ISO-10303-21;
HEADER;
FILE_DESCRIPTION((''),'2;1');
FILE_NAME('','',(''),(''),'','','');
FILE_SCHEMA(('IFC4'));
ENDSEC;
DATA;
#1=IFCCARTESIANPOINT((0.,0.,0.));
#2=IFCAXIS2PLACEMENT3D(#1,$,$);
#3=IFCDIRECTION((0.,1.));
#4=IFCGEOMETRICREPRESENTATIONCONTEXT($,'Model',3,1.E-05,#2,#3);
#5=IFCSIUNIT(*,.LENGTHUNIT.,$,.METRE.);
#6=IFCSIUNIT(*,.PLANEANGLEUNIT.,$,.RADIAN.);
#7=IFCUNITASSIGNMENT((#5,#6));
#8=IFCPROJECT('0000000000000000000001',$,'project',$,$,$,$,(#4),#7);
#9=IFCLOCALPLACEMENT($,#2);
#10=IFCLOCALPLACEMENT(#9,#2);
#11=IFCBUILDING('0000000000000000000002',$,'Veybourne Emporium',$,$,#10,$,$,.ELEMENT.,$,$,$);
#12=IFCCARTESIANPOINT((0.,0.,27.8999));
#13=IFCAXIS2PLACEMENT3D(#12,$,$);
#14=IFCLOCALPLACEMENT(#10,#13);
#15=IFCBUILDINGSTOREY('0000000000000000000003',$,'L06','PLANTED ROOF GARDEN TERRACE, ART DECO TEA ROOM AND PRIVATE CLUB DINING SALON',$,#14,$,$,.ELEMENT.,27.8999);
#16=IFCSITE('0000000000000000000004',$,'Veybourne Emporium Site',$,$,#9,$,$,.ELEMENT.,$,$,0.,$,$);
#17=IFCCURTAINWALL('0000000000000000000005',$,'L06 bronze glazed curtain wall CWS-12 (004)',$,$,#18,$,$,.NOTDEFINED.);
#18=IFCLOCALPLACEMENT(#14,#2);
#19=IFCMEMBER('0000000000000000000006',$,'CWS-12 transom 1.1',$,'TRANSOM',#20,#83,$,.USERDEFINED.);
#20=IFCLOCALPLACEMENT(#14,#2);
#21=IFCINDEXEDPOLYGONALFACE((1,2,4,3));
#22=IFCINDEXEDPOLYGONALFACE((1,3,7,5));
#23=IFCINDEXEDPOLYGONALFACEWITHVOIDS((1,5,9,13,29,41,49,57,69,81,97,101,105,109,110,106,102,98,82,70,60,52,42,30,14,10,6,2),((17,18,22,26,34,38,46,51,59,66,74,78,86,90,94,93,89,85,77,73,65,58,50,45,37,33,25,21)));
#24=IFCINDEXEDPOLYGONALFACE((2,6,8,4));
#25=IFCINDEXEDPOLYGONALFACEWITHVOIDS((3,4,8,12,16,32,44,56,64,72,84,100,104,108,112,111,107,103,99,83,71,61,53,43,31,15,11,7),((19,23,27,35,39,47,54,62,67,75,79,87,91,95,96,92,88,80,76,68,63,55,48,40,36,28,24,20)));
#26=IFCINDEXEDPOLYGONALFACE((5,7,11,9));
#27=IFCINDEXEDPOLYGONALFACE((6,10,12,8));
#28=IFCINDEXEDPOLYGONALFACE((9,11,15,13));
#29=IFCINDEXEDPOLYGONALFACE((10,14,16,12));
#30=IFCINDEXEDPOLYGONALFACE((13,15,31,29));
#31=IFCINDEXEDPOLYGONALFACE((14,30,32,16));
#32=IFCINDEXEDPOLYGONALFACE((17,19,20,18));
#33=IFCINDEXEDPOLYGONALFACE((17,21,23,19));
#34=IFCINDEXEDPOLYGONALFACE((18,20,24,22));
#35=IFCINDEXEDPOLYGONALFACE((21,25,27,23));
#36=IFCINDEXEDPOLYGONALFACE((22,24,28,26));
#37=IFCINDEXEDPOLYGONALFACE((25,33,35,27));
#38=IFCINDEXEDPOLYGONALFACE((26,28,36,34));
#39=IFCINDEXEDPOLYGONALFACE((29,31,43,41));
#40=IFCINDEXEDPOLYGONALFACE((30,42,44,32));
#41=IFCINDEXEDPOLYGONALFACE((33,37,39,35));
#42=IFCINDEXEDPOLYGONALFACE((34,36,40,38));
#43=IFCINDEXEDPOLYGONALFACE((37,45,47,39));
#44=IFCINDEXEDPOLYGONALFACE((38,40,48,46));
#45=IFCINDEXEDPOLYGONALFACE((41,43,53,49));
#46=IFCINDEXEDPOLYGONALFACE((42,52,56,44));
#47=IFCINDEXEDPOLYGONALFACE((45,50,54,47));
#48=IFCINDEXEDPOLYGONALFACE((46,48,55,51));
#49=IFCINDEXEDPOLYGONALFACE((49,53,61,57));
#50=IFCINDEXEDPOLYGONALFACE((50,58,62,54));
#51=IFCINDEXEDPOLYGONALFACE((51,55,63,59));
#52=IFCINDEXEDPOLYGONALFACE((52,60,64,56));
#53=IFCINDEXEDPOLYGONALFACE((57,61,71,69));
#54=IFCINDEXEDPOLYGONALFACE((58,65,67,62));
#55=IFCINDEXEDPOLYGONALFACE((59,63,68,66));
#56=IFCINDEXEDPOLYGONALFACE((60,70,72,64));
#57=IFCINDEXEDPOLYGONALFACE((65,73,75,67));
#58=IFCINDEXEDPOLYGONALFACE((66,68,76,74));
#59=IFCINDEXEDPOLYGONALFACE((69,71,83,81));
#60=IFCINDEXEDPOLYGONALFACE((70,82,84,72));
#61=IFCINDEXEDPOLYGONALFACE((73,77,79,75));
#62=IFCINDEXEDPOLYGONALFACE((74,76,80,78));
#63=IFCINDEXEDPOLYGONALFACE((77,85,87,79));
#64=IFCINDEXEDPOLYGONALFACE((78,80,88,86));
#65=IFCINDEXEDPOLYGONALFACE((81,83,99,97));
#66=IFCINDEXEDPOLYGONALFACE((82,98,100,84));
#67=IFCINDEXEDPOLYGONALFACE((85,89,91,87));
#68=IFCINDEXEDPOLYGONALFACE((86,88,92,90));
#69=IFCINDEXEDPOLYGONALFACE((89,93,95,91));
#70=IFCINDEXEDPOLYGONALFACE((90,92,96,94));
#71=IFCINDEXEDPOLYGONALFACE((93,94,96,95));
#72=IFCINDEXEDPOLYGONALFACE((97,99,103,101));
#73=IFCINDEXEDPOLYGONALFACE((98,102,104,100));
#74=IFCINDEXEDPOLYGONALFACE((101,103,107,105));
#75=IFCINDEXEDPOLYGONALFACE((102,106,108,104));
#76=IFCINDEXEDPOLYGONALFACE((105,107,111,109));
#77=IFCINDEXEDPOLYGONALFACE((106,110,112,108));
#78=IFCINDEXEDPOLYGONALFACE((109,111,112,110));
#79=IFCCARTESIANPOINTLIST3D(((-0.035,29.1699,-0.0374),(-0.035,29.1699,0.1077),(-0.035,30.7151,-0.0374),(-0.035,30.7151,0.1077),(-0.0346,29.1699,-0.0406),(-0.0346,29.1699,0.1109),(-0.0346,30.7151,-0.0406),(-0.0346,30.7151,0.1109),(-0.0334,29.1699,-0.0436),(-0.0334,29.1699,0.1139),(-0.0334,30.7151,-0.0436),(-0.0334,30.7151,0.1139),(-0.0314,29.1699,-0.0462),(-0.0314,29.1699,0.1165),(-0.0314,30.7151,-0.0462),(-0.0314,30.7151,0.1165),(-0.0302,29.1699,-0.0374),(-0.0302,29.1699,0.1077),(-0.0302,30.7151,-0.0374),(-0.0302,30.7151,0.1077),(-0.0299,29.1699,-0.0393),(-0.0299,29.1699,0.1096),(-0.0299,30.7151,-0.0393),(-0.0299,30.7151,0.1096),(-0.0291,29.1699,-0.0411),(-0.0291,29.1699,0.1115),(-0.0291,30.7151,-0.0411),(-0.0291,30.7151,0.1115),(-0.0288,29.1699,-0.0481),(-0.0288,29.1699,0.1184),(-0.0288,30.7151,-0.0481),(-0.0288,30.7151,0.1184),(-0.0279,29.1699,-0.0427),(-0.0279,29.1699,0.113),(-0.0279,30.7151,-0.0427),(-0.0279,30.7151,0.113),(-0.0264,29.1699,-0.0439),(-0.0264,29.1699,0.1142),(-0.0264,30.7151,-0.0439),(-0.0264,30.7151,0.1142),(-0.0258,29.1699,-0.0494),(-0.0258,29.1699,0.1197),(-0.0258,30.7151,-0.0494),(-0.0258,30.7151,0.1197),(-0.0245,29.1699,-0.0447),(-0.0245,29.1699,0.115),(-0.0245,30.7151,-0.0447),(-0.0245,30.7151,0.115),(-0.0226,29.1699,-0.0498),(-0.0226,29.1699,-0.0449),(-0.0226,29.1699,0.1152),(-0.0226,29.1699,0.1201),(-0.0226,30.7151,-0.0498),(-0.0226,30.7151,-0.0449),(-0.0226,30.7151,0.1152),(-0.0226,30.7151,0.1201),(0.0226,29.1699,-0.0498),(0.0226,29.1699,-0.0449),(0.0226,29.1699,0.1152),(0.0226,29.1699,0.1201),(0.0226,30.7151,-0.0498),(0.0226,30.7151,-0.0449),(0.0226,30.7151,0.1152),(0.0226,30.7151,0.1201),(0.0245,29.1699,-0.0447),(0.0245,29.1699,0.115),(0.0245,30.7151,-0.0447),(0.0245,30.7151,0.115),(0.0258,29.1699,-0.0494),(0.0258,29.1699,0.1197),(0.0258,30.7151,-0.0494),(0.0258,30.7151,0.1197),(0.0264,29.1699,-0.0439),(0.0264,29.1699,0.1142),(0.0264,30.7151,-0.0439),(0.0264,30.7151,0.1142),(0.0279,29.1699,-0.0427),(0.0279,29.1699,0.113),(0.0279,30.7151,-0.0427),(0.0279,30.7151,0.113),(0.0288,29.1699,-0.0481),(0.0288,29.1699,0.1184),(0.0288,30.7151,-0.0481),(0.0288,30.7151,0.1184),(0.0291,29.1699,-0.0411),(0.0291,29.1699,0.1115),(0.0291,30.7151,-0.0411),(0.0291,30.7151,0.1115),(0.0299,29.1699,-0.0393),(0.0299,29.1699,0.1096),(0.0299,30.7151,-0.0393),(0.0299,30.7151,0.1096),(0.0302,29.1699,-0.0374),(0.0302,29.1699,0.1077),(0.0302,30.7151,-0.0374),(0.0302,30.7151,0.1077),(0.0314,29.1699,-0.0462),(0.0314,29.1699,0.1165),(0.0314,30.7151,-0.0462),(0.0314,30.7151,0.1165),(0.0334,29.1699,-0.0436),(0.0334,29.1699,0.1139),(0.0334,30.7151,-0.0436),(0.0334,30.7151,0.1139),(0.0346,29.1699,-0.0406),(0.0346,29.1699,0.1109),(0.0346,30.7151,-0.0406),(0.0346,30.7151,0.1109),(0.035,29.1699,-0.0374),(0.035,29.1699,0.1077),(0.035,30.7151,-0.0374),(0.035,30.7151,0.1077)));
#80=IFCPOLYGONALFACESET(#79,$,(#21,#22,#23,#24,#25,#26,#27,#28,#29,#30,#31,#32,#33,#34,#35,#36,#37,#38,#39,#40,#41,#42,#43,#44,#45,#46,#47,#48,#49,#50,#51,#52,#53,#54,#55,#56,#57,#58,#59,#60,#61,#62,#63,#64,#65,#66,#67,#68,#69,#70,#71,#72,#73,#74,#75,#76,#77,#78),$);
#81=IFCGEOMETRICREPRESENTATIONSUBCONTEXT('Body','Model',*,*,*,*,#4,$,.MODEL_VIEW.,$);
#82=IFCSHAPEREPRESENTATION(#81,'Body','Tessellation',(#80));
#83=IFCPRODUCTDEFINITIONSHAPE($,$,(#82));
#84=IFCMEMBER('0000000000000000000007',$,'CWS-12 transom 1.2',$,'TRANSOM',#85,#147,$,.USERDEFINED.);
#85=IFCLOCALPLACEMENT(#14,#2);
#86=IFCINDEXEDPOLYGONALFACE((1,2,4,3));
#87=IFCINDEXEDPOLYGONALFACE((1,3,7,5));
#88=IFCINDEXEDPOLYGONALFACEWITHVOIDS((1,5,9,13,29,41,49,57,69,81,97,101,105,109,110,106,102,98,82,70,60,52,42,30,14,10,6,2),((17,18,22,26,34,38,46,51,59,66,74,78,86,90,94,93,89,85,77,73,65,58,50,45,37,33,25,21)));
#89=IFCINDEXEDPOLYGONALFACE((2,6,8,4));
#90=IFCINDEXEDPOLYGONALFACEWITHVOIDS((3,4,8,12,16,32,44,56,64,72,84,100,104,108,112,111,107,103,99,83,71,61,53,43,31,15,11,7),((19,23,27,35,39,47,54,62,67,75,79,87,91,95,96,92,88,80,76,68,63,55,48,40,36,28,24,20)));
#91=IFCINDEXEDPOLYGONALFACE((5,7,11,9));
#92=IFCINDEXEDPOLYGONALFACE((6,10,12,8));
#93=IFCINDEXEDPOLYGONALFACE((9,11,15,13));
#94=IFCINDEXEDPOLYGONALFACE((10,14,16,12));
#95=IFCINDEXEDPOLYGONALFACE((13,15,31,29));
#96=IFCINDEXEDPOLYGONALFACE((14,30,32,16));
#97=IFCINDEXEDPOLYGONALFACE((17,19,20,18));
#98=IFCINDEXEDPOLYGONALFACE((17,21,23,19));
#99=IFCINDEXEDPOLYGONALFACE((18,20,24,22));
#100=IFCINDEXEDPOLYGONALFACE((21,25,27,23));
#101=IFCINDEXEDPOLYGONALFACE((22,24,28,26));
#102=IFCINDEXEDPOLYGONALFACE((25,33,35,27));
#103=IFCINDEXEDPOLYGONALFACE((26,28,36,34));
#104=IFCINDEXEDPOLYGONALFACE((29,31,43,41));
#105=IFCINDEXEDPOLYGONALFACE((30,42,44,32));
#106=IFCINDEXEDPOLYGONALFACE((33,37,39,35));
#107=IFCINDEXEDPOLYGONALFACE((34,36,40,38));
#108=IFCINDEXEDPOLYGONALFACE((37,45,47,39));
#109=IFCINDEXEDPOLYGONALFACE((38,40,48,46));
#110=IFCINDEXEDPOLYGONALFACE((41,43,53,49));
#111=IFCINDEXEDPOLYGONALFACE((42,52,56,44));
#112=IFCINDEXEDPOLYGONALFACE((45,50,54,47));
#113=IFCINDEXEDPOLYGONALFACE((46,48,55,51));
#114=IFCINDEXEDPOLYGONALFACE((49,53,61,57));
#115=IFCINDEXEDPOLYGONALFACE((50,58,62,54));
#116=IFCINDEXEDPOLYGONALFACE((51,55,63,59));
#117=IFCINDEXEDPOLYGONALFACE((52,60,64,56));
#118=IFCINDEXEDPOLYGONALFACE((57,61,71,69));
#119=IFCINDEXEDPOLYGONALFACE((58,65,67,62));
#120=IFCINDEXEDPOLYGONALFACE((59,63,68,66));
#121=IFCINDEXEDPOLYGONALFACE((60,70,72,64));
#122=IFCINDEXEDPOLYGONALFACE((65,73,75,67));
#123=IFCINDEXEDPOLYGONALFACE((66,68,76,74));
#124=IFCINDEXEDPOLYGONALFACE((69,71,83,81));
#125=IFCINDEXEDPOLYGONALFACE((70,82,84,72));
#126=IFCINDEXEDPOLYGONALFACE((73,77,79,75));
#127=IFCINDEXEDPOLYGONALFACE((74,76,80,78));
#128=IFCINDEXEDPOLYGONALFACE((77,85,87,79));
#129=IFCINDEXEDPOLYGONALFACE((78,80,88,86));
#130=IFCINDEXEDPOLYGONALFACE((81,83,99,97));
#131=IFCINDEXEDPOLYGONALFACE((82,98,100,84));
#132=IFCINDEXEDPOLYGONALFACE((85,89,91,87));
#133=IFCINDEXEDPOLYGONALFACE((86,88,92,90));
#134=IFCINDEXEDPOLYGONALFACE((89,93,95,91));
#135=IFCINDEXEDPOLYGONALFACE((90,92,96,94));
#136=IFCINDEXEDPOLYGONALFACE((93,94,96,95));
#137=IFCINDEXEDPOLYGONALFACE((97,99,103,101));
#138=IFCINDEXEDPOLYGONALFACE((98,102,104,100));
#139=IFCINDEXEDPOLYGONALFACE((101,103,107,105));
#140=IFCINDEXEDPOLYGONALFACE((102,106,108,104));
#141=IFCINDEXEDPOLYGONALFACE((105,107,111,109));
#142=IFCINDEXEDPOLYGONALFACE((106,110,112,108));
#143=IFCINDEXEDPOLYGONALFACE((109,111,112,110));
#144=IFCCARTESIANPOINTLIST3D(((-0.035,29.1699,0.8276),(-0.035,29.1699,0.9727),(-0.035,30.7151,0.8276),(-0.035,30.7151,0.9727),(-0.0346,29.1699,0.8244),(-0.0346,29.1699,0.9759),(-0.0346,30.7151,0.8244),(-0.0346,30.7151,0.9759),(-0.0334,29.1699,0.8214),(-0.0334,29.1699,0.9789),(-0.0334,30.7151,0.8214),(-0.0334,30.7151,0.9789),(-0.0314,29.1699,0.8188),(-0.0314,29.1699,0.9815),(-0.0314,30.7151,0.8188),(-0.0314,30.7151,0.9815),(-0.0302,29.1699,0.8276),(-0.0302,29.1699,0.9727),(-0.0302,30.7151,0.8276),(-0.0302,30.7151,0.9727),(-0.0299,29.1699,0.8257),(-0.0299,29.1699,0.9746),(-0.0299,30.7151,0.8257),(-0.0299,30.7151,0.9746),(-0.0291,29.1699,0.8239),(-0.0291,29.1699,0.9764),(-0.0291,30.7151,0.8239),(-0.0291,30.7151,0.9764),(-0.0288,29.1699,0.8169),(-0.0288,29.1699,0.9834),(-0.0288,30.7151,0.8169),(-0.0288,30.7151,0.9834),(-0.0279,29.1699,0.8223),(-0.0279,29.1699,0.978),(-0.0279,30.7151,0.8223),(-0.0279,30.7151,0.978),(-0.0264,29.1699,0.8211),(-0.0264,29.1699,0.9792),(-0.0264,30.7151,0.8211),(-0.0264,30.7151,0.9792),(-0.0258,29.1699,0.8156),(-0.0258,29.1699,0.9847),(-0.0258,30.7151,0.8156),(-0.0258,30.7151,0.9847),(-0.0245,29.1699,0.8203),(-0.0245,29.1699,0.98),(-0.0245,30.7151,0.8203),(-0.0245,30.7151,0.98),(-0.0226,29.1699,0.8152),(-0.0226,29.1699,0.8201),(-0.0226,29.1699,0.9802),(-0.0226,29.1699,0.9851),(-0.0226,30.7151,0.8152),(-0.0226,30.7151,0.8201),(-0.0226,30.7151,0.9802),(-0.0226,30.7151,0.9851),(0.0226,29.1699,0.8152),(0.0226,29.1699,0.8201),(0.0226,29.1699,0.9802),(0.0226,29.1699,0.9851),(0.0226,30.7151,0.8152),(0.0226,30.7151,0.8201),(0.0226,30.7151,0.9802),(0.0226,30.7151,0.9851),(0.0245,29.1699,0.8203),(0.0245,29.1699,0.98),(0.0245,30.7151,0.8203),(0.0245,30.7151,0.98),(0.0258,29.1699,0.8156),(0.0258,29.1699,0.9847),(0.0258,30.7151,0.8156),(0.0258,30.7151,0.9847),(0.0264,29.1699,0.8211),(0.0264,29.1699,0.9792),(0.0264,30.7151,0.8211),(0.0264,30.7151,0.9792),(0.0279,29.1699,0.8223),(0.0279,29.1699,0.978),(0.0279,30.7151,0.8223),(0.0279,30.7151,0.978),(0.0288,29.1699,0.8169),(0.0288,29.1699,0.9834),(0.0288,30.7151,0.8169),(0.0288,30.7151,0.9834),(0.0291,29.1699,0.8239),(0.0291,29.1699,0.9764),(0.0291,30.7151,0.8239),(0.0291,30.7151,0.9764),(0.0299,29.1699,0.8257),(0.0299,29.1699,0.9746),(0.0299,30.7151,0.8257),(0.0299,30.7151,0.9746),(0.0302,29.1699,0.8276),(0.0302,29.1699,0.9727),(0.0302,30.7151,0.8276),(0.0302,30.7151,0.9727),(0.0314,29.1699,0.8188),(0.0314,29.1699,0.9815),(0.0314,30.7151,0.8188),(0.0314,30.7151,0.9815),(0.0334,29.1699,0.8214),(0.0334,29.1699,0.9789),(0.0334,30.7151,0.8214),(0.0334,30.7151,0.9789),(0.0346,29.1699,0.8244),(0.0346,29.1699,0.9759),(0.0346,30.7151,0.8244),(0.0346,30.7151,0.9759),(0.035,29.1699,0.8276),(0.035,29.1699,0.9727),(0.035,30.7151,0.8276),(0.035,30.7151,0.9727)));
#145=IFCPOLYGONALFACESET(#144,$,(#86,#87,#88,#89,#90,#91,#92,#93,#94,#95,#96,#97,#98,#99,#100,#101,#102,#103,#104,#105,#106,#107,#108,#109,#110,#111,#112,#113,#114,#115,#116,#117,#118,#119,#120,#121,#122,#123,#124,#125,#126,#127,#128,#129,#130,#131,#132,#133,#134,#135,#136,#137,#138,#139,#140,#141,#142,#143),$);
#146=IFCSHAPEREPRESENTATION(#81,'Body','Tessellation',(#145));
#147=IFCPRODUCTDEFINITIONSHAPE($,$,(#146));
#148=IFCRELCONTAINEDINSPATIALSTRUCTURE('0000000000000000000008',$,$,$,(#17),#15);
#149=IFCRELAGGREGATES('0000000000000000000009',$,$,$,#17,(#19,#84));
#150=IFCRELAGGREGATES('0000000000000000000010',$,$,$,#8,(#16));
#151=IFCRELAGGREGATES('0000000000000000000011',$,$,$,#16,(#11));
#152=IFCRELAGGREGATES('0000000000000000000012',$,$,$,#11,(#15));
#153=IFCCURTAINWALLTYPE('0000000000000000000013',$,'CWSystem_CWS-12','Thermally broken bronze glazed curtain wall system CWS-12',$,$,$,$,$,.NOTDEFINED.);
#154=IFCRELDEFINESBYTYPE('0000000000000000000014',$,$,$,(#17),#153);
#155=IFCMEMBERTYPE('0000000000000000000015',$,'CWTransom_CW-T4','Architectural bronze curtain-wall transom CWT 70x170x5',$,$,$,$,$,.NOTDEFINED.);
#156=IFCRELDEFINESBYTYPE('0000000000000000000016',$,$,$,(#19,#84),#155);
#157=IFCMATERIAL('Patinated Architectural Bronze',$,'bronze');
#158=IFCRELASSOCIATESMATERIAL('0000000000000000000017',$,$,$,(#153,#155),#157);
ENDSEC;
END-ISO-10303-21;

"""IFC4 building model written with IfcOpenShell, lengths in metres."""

from ifc_helpers import new_model, si_unit, direction, frame, origin, origin_2d, place, context, subcontext, project, spatial, hollow_rectangle, extrude, material, material_profile, profile_set, type_object, element, aggregate, save


model = new_model("IFC4")

# Units and contexts
model_context = context("Model", 3, precision=1e-05, world=origin(), true_north=direction((0.0, 1.0)))
body_context = subcontext(model_context, "Body", "Model", "MODEL_VIEW")
ifc_project = project(units=[si_unit("LENGTHUNIT", "METRE"), si_unit("PLANEANGLEUNIT", "RADIAN")], contexts=[model_context])

# Site, building, storey
site_placement = place(None, origin())
site = spatial("IfcSite", under=ifc_project, at=site_placement, Name="Veybourne Emporium Site", CompositionType="ELEMENT", RefElevation=0.0)
building_placement = place(site_placement, origin())
building = spatial("IfcBuilding", under=site, at=building_placement, Name="Veybourne Emporium", CompositionType="ELEMENT")
storey_placement = place(building_placement, frame((0.0, 0.0, 27.8999)))
storey = spatial("IfcBuildingStorey", under=building, at=storey_placement, Name="L06", Description="PLANTED ROOF GARDEN TERRACE, ART DECO TEA ROOM AND PRIVATE CLUB DINING SALON", CompositionType="ELEMENT", Elevation=27.8999)

# Curtain wall, members
ifc_material_1 = material(Name="Patinated Architectural Bronze", Category="bronze")
curtain_wall_type = type_object("IfcCurtainWallType", Name="CWSystem_CWS-12", Description="Thermally broken bronze glazed curtain wall system CWS-12", PredefinedType="NOTDEFINED", material=ifc_material_1)
curtain_wall_placement = place(storey_placement, origin())
curtain_wall = element("IfcCurtainWall", 1, at=curtain_wall_placement, inside=storey, type_object=curtain_wall_type, Name="L06 bronze glazed curtain wall CWS-12 (004)", PredefinedType="NOTDEFINED")
ifc_material_profile_1 = material_profile(ifc_material_1, hollow_rectangle(XDim=0.0701, YDim=0.1699, WallThickness=0.0049, InnerFilletRadius=0.0076, OuterFilletRadius=0.0125, at=origin_2d()), Name="CWT 70x170x5")
ifc_profile_set_1 = profile_set([ifc_material_profile_1], Name="Patinated Architectural Bronze")
member_type_1 = type_object("IfcMemberType", Name="CWTransom_CW-T4", Description="Architectural bronze curtain-wall transom CWT 70x170x5", PredefinedType="NOTDEFINED", material=ifc_profile_set_1)
member_1_placement = place(storey_placement, frame((0.0, 29.1699, 0.0352), z_axis=(0.0, 1.0, 0.0), x_axis=(-1.0, 0.0, 0.0)))
member_1 = element("IfcMember", 2, at=member_1_placement, type_object=member_type_1, Name="CWS-12 transom 1.1", ObjectType="TRANSOM", PredefinedType="USERDEFINED", context=body_context, shape_type="SweptSolid", body=[
    extrude(hollow_rectangle(XDim=0.0701, YDim=0.1699, WallThickness=0.0049, InnerFilletRadius=0.0076, OuterFilletRadius=0.0125, at=origin_2d()), origin(), (0.0, 0.0, 1.0), 1.5452),
])
member_2_placement = place(storey_placement, frame((0.0, 29.1699, 0.9001), z_axis=(0.0, 1.0, 0.0), x_axis=(-1.0, 0.0, 0.0)))
member_2 = element("IfcMember", 3, at=member_2_placement, type_object=member_type_1, Name="CWS-12 transom 1.2", ObjectType="TRANSOM", PredefinedType="USERDEFINED", context=body_context, shape_type="SweptSolid", body=[
    extrude(hollow_rectangle(XDim=0.0701, YDim=0.1699, WallThickness=0.0049, InnerFilletRadius=0.0076, OuterFilletRadius=0.0125, at=origin_2d()), origin(), (0.0, 0.0, 1.0), 1.5452),
])

aggregate(curtain_wall, [member_1, member_2])

save(model, "model.ifc")
